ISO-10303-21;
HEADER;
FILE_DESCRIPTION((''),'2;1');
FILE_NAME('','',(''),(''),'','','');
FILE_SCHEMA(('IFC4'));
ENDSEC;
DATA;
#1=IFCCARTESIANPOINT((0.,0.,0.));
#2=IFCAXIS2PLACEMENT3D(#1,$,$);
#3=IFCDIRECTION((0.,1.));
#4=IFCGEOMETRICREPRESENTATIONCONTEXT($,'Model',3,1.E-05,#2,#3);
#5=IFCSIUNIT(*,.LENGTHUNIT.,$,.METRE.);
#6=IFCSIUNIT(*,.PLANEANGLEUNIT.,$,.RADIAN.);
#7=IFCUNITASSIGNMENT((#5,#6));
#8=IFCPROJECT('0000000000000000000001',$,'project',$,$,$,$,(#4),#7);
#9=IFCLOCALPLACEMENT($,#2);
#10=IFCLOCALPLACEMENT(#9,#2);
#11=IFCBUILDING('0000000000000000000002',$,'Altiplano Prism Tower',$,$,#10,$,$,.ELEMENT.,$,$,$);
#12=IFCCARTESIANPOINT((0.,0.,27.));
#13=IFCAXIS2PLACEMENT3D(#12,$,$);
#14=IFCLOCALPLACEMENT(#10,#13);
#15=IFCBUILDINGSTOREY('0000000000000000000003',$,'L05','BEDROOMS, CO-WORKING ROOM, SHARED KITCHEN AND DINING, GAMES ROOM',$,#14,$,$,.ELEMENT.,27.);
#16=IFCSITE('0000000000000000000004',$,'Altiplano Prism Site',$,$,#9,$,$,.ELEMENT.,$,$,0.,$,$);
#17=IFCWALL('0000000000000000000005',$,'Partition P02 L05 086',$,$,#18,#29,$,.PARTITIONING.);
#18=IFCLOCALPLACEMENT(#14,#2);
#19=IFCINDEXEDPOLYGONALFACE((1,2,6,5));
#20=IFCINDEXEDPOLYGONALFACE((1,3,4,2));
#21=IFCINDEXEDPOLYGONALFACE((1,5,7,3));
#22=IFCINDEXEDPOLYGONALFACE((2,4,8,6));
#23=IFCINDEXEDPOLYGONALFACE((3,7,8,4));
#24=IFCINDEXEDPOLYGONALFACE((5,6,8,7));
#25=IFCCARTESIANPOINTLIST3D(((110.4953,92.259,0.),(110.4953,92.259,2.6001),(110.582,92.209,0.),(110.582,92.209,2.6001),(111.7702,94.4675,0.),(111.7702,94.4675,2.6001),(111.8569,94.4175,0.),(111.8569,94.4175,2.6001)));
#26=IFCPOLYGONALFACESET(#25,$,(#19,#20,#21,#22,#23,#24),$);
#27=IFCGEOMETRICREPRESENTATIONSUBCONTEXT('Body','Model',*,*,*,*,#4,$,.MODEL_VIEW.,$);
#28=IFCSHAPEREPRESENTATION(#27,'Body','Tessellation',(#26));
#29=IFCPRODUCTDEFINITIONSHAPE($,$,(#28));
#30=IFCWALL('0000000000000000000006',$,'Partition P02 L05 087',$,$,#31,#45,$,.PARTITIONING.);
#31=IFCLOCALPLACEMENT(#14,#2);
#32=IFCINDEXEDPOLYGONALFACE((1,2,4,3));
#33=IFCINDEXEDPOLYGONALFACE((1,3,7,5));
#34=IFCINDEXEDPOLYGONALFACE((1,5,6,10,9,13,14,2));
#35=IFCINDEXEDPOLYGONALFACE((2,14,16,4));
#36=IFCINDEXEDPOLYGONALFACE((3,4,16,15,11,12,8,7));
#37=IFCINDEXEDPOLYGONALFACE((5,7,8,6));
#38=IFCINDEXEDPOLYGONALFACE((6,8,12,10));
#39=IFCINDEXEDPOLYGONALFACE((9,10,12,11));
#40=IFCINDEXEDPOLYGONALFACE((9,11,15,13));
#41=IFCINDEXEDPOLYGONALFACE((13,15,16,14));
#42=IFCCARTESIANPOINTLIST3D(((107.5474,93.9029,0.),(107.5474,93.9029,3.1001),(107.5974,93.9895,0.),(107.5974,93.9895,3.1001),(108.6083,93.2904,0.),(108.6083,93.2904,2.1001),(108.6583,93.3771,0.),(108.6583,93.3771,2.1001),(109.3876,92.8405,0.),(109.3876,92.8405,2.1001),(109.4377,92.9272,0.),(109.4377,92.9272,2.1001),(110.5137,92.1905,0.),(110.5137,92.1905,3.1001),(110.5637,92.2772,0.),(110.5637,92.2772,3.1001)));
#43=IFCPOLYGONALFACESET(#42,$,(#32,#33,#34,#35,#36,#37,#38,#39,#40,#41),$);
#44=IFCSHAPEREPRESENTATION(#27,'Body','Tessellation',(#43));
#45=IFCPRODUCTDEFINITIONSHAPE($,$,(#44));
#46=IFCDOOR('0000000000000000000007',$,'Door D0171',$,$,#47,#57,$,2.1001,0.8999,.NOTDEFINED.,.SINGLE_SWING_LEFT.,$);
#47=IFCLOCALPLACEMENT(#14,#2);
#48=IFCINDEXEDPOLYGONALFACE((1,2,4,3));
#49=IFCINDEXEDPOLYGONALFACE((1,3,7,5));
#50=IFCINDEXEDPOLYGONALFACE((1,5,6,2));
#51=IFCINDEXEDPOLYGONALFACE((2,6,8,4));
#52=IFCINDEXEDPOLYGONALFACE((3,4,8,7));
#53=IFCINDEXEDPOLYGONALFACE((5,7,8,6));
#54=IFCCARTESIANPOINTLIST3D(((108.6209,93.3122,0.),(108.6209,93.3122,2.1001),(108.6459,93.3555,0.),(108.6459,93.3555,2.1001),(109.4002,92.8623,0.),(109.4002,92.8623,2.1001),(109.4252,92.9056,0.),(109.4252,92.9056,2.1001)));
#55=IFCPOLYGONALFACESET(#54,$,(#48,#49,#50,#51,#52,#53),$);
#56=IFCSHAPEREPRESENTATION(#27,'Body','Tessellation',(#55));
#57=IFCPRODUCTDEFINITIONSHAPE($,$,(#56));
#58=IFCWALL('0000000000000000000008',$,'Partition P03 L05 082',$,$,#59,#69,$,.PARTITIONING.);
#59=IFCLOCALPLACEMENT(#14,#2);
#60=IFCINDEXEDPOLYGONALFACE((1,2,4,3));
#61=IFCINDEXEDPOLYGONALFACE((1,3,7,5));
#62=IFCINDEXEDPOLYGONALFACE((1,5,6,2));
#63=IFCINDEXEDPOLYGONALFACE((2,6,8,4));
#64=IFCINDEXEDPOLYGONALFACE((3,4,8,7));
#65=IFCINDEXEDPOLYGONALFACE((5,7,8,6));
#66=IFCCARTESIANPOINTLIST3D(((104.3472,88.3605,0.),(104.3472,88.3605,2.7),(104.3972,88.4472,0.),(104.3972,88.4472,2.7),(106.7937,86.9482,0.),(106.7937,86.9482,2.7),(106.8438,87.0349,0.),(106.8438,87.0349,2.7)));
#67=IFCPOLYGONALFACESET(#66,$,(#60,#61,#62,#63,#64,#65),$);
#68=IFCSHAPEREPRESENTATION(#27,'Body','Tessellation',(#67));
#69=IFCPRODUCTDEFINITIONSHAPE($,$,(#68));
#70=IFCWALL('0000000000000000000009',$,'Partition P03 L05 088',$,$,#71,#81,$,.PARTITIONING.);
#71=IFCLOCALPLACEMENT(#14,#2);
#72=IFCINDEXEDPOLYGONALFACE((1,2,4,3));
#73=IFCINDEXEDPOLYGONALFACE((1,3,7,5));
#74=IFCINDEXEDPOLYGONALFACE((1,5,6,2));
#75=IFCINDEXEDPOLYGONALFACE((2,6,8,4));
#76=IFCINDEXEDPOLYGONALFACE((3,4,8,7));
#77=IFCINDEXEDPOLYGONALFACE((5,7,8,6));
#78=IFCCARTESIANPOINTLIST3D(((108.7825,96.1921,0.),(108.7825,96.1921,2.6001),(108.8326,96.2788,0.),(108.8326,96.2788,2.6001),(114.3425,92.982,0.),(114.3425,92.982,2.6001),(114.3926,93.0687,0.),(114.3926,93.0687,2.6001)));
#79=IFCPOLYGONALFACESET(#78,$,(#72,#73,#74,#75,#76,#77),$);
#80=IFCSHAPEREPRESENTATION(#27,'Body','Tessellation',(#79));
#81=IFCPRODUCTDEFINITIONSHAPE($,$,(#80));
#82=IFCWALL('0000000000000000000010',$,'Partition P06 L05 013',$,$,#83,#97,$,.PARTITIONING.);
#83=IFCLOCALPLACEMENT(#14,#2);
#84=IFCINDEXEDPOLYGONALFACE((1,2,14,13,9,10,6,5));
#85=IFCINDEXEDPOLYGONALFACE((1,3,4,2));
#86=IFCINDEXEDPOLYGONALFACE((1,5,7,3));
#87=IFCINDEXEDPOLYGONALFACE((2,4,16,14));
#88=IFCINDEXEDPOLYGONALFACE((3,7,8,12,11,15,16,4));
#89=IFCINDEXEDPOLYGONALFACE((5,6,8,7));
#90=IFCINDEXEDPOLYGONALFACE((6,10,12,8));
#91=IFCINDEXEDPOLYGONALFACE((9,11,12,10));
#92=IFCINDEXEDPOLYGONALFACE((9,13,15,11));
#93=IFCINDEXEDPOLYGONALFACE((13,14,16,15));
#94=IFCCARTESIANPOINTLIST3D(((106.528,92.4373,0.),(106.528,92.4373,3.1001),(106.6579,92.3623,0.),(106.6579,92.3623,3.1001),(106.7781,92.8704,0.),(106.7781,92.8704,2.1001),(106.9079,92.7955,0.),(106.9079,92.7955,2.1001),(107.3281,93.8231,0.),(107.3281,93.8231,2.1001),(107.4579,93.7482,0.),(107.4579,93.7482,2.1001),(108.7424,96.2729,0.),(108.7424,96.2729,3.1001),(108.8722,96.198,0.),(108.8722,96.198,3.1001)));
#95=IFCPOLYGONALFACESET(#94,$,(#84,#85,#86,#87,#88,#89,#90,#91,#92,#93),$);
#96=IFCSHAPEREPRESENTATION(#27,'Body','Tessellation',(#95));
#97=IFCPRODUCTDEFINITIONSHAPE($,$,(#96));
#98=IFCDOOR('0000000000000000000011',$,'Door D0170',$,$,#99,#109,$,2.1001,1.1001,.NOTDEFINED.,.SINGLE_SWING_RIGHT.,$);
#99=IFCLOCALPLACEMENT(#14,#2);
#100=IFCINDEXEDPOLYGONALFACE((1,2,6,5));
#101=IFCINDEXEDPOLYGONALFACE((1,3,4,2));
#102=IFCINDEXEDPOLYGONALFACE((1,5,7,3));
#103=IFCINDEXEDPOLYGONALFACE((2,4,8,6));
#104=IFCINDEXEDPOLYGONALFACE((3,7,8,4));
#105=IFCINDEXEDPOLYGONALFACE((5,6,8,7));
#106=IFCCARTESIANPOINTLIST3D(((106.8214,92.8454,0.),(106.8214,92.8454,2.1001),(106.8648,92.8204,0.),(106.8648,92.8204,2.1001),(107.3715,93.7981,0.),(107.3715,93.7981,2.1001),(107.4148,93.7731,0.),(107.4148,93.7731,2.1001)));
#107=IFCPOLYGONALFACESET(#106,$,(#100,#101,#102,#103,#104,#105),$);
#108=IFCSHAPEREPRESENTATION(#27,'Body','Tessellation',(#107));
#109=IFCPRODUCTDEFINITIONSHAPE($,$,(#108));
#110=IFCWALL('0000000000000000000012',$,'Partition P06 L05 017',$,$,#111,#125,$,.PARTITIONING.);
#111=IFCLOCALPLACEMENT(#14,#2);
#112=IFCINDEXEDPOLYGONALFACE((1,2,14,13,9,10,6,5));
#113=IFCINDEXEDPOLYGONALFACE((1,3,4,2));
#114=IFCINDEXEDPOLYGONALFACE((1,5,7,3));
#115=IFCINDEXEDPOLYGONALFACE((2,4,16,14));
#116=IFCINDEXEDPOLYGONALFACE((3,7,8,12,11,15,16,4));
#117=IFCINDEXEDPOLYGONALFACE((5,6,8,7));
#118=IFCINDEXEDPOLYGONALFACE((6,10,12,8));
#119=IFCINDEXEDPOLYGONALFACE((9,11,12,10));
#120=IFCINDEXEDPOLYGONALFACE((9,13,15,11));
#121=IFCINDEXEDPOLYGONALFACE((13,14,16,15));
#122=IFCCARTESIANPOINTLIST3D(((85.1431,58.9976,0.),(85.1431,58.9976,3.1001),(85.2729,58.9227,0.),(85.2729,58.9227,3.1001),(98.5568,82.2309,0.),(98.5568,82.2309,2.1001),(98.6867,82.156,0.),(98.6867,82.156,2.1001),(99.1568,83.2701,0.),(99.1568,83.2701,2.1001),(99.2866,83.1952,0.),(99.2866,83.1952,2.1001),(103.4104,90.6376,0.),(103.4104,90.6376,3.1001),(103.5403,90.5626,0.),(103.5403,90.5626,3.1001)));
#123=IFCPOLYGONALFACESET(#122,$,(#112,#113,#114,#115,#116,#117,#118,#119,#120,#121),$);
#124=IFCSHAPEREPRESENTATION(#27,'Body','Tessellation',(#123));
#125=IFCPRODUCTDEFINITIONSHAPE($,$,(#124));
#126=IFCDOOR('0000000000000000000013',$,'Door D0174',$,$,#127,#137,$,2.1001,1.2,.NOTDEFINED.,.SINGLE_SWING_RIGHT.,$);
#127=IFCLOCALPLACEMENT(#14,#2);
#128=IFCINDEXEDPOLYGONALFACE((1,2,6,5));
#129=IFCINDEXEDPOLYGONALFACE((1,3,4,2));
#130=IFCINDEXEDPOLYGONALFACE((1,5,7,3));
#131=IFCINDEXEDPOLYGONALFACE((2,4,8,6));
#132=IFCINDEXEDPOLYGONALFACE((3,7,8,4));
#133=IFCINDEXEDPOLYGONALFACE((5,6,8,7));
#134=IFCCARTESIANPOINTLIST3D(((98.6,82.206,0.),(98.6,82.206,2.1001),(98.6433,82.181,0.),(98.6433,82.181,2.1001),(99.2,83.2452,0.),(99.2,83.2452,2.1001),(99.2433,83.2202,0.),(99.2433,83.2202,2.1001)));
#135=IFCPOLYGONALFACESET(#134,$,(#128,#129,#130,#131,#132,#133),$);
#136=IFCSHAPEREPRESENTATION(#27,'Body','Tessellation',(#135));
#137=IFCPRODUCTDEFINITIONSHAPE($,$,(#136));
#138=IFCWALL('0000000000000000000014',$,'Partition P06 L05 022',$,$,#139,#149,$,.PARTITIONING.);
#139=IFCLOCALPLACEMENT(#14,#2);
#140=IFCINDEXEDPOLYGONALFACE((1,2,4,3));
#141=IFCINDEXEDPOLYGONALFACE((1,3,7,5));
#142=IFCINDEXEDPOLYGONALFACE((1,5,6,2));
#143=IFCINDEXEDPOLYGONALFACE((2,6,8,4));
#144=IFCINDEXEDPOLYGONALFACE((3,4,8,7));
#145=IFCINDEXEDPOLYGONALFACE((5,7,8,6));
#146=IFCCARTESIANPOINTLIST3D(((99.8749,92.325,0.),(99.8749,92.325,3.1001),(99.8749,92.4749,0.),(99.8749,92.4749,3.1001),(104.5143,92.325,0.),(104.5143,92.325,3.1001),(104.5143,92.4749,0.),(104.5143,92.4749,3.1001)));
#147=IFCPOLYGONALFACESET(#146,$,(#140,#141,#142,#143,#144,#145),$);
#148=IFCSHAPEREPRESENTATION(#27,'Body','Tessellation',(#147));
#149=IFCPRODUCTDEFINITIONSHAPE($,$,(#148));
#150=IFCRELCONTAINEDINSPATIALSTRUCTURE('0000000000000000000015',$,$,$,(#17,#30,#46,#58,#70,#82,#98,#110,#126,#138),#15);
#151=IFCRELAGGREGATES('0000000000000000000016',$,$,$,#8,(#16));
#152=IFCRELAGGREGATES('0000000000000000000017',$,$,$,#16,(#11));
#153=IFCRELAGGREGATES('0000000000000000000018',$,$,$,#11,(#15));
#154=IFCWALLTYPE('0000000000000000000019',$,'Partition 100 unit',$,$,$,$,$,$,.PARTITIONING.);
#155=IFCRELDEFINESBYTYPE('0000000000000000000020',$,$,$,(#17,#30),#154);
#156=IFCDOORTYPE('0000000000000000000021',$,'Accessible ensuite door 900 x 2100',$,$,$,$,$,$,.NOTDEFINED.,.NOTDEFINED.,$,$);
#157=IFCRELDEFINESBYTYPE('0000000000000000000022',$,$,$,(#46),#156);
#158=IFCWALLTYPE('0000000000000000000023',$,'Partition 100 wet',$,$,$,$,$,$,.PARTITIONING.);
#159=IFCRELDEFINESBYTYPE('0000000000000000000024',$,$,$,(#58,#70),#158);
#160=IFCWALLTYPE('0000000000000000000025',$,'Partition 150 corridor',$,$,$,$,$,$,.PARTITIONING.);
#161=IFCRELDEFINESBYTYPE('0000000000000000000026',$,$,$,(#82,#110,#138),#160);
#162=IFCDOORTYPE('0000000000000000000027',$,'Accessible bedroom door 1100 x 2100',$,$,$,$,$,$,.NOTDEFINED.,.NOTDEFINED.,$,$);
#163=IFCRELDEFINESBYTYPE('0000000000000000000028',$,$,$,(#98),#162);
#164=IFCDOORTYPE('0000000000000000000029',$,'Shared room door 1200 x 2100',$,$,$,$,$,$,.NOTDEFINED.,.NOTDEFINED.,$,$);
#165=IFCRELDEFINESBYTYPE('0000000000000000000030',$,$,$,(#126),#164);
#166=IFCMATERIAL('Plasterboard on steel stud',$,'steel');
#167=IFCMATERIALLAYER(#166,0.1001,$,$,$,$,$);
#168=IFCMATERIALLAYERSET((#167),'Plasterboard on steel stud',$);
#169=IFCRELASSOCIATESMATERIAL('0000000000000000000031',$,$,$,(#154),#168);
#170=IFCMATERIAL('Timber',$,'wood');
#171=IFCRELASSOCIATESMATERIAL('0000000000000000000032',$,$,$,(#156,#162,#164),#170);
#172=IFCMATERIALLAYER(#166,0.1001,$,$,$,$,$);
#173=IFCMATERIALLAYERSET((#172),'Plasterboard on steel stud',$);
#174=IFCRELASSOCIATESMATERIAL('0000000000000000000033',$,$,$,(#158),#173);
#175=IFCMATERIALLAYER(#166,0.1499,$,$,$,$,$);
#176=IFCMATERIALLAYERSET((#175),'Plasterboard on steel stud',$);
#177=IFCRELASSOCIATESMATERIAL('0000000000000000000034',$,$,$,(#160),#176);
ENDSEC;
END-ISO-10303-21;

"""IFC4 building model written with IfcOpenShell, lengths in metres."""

from ifc_helpers import new_model, si_unit, direction, frame, frame_2d, origin, place, context, subcontext, project, spatial, rectangle, extrude, material, layer, layer_set, type_object, element, fill, save


model = new_model("IFC4")

# Units and contexts
model_context = context("Model", 3, precision=1e-05, world=origin(), true_north=direction((0.0, 1.0)))
body_context = subcontext(model_context, "Body", "Model", "MODEL_VIEW")
ifc_project = project(units=[si_unit("LENGTHUNIT", "METRE"), si_unit("PLANEANGLEUNIT", "RADIAN")], contexts=[model_context])

# Site, building, storey
site_placement = place(None, origin())
site = spatial("IfcSite", under=ifc_project, at=site_placement, Name="Altiplano Prism Site", CompositionType="ELEMENT", RefElevation=0.0)
building_placement = place(site_placement, origin())
building = spatial("IfcBuilding", under=site, at=building_placement, Name="Altiplano Prism Tower", CompositionType="ELEMENT")
storey_placement = place(building_placement, frame((0.0, 0.0, 27.0)))
storey = spatial("IfcBuildingStorey", under=building, at=storey_placement, Name="L05", Description="BEDROOMS, CO-WORKING ROOM, SHARED KITCHEN AND DINING, GAMES ROOM", CompositionType="ELEMENT", Elevation=27.0)

# Shared definitions
ifc_material_1 = material(Name="Plasterboard on steel stud", Category="steel")
ifc_layer_1 = layer(ifc_material_1, 0.1001)
ifc_layer_set_1 = layer_set([ifc_layer_1], Name="Plasterboard on steel stud")
wall_type_1 = type_object("IfcWallType", Name="Partition 100 unit", PredefinedType="PARTITIONING", material=ifc_layer_set_1)

# Shared definitions
ifc_material_2 = material(Name="Timber", Category="wood")

# Wall
wall_1_placement = place(storey_placement, frame((111.8135, 94.4424, 0.0), z_axis=(0.0, 0.0, 1.0), x_axis=(-0.499949, -0.866055, 0.0)))
element("IfcWall", 1, at=wall_1_placement, inside=storey, type_object=wall_type_1, Name="Partition P02 L05 086", PredefinedType="PARTITIONING", context=body_context, shape_type="SweptSolid", body=[
    extrude(rectangle(XDim=2.55, YDim=0.1001, at=frame_2d((1.2749, 0.0))), origin(), (0.0, 0.0, 1.0), 2.6001),
])

# Wall, opening, door
wall_2_placement = place(storey_placement, frame((110.5386, 92.2339, 0.0), z_axis=(0.0, 0.0, 1.0), x_axis=(-0.86605, 0.499957, 0.0)))
wall_2 = element("IfcWall", 2, at=wall_2_placement, inside=storey, type_object=wall_type_1, Name="Partition P02 L05 087", PredefinedType="PARTITIONING", context=body_context, shape_type="SweptSolid", body=[
    extrude(rectangle(XDim=3.425, YDim=0.1001, at=frame_2d((1.7124, 0.0))), origin(), (0.0, 0.0, 1.0), 3.1001),
])
opening_1_placement = place(wall_2_placement, frame((1.3, 0.0, 0.0)))
opening_1 = element("IfcOpeningElement", 3, at=opening_1_placement, cuts=wall_2, PredefinedType="OPENING", context=body_context, shape_type="SweptSolid", body=[
    extrude(rectangle(XDim=0.8999, YDim=2.1001, at=frame_2d((0.45, 1.05))), frame((0.0, 0.0605, 0.0), z_axis=(0.0, -1.0, 0.0), x_axis=(1.0, 0.0, 0.0)), (0.0, 0.0, 1.0), 0.1211),
])
door_type_1 = type_object("IfcDoorType", Name="Accessible ensuite door 900 x 2100", OperationType="NOTDEFINED", PredefinedType="NOTDEFINED", material=ifc_material_2)
door_1_placement = place(opening_1_placement, origin())
door_1 = element("IfcDoor", 4, at=door_1_placement, inside=storey, type_object=door_type_1, Name="Door D0171", OperationType="SINGLE_SWING_LEFT", OverallHeight=2.1001, OverallWidth=0.8999, PredefinedType="NOTDEFINED", context=body_context, shape_type="SweptSolid", body=[
    extrude(rectangle(XDim=0.8999, YDim=2.1001, at=frame_2d((0.45, 1.05))), frame((0.0, 0.0249, 0.0), z_axis=(0.0, -1.0, 0.0), x_axis=(1.0, 0.0, 0.0)), (0.0, 0.0, 1.0), 0.05),
])
fill(opening_1, door_1)

# Walls
ifc_layer_2 = layer(ifc_material_1, 0.1001)
ifc_layer_set_2 = layer_set([ifc_layer_2], Name="Plasterboard on steel stud")
wall_type_2 = type_object("IfcWallType", Name="Partition 100 wet", PredefinedType="PARTITIONING", material=ifc_layer_set_2)
wall_3_placement = place(storey_placement, frame((106.8188, 86.9915, 0.0), z_axis=(0.0, 0.0, 1.0), x_axis=(-0.866049, 0.499959, 0.0)))
element("IfcWall", 5, at=wall_3_placement, inside=storey, type_object=wall_type_2, Name="Partition P03 L05 082", PredefinedType="PARTITIONING", context=body_context, shape_type="SweptSolid", body=[
    extrude(rectangle(XDim=2.825, YDim=0.1001, at=frame_2d((1.4126, 0.0))), origin(), (0.0, 0.0, 1.0), 2.7),
])
wall_4_placement = place(storey_placement, frame((114.3674, 93.0254, 0.0), z_axis=(0.0, 0.0, 1.0), x_axis=(-0.866018, 0.500012, 0.0)))
element("IfcWall", 6, at=wall_4_placement, inside=storey, type_object=wall_type_2, Name="Partition P03 L05 088", PredefinedType="PARTITIONING", context=body_context, shape_type="SweptSolid", body=[
    extrude(rectangle(XDim=6.4202, YDim=0.1001, at=frame_2d((3.21, 0.0))), origin(), (0.0, 0.0, 1.0), 2.6001),
])

# Walls, openings, doors
ifc_layer_3 = layer(ifc_material_1, 0.1499)
ifc_layer_set_3 = layer_set([ifc_layer_3], Name="Plasterboard on steel stud")
wall_type_3 = type_object("IfcWallType", Name="Partition 150 corridor", PredefinedType="PARTITIONING", material=ifc_layer_set_3)
wall_5_placement = place(storey_placement, frame((106.593, 92.3999, 0.0), z_axis=(0.0, 0.0, 1.0), x_axis=(0.499969, 0.866043, 0.0)))
wall_5 = element("IfcWall", 7, at=wall_5_placement, inside=storey, type_object=wall_type_3, Name="Partition P06 L05 013", PredefinedType="PARTITIONING", context=body_context, shape_type="SweptSolid", body=[
    extrude(rectangle(XDim=4.429, YDim=0.1499, at=frame_2d((2.2144, 0.0))), origin(), (0.0, 0.0, 1.0), 3.1001),
])
opening_2_placement = place(wall_5_placement, frame((0.5, 0.0, 0.0)))
opening_2 = element("IfcOpeningElement", 8, at=opening_2_placement, cuts=wall_5, PredefinedType="OPENING", context=body_context, shape_type="SweptSolid", body=[
    extrude(rectangle(XDim=1.1001, YDim=2.1001, at=frame_2d((0.55, 1.05))), frame((0.0, 0.0854, 0.0), z_axis=(0.0, -1.0, 0.0), x_axis=(1.0, 0.0, 0.0)), (0.0, 0.0, 1.0), 0.1709),
])
door_type_2 = type_object("IfcDoorType", Name="Accessible bedroom door 1100 x 2100", OperationType="NOTDEFINED", PredefinedType="NOTDEFINED", material=ifc_material_2)
door_2_placement = place(opening_2_placement, origin())
door_2 = element("IfcDoor", 9, at=door_2_placement, inside=storey, type_object=door_type_2, Name="Door D0170", OperationType="SINGLE_SWING_RIGHT", OverallHeight=2.1001, OverallWidth=1.1001, PredefinedType="NOTDEFINED", context=body_context, shape_type="SweptSolid", body=[
    extrude(rectangle(XDim=1.1001, YDim=2.1001, at=frame_2d((0.55, 1.05))), frame((0.0, 0.0249, 0.0), z_axis=(0.0, -1.0, 0.0), x_axis=(1.0, 0.0, 0.0)), (0.0, 0.0, 1.0), 0.05),
])
fill(opening_2, door_2)
wall_6_placement = place(storey_placement, frame((103.4753, 90.6001, 0.0), z_axis=(0.0, 0.0, 1.0), x_axis=(-0.500001, -0.866025, 0.0)))
wall_6 = element("IfcWall", 10, at=wall_6_placement, inside=storey, type_object=wall_type_3, Name="Partition P06 L05 017", PredefinedType="PARTITIONING", context=body_context, shape_type="SweptSolid", body=[
    extrude(rectangle(XDim=36.5347, YDim=0.1499, at=frame_2d((18.2673, 0.0))), origin(), (0.0, 0.0, 1.0), 3.1001),
])
opening_3_placement = place(wall_6_placement, frame((8.5071, 0.0, 0.0)))
opening_3 = element("IfcOpeningElement", 11, at=opening_3_placement, cuts=wall_6, PredefinedType="OPENING", context=body_context, shape_type="SweptSolid", body=[
    extrude(rectangle(XDim=1.2, YDim=2.1001, at=frame_2d((0.6001, 1.05))), frame((0.0, 0.0854, 0.0), z_axis=(0.0, -1.0, 0.0), x_axis=(1.0, 0.0, 0.0)), (0.0, 0.0, 1.0), 0.1709),
])
door_type_3 = type_object("IfcDoorType", Name="Shared room door 1200 x 2100", OperationType="NOTDEFINED", PredefinedType="NOTDEFINED", material=ifc_material_2)
door_3_placement = place(opening_3_placement, origin())
door_3 = element("IfcDoor", 12, at=door_3_placement, inside=storey, type_object=door_type_3, Name="Door D0174", OperationType="SINGLE_SWING_RIGHT", OverallHeight=2.1001, OverallWidth=1.2, PredefinedType="NOTDEFINED", context=body_context, shape_type="SweptSolid", body=[
    extrude(rectangle(XDim=1.2, YDim=2.1001, at=frame_2d((0.6001, 1.05))), frame((0.0, 0.0249, 0.0), z_axis=(0.0, -1.0, 0.0), x_axis=(1.0, 0.0, 0.0)), (0.0, 0.0, 1.0), 0.05),
])
fill(opening_3, door_3)

# Wall
wall_7_placement = place(storey_placement, frame((104.5144, 92.3999, 0.0), z_axis=(0.0, 0.0, 1.0), x_axis=(-1.0, 0.0, 0.0)))
element("IfcWall", 13, at=wall_7_placement, inside=storey, type_object=wall_type_3, Name="Partition P06 L05 022", PredefinedType="PARTITIONING", context=body_context, shape_type="SweptSolid", body=[
    extrude(rectangle(XDim=4.6394, YDim=0.1499, at=frame_2d((2.3198, 0.0))), origin(), (0.0, 0.0, 1.0), 3.1001),
])

save(model, "model.ifc")
